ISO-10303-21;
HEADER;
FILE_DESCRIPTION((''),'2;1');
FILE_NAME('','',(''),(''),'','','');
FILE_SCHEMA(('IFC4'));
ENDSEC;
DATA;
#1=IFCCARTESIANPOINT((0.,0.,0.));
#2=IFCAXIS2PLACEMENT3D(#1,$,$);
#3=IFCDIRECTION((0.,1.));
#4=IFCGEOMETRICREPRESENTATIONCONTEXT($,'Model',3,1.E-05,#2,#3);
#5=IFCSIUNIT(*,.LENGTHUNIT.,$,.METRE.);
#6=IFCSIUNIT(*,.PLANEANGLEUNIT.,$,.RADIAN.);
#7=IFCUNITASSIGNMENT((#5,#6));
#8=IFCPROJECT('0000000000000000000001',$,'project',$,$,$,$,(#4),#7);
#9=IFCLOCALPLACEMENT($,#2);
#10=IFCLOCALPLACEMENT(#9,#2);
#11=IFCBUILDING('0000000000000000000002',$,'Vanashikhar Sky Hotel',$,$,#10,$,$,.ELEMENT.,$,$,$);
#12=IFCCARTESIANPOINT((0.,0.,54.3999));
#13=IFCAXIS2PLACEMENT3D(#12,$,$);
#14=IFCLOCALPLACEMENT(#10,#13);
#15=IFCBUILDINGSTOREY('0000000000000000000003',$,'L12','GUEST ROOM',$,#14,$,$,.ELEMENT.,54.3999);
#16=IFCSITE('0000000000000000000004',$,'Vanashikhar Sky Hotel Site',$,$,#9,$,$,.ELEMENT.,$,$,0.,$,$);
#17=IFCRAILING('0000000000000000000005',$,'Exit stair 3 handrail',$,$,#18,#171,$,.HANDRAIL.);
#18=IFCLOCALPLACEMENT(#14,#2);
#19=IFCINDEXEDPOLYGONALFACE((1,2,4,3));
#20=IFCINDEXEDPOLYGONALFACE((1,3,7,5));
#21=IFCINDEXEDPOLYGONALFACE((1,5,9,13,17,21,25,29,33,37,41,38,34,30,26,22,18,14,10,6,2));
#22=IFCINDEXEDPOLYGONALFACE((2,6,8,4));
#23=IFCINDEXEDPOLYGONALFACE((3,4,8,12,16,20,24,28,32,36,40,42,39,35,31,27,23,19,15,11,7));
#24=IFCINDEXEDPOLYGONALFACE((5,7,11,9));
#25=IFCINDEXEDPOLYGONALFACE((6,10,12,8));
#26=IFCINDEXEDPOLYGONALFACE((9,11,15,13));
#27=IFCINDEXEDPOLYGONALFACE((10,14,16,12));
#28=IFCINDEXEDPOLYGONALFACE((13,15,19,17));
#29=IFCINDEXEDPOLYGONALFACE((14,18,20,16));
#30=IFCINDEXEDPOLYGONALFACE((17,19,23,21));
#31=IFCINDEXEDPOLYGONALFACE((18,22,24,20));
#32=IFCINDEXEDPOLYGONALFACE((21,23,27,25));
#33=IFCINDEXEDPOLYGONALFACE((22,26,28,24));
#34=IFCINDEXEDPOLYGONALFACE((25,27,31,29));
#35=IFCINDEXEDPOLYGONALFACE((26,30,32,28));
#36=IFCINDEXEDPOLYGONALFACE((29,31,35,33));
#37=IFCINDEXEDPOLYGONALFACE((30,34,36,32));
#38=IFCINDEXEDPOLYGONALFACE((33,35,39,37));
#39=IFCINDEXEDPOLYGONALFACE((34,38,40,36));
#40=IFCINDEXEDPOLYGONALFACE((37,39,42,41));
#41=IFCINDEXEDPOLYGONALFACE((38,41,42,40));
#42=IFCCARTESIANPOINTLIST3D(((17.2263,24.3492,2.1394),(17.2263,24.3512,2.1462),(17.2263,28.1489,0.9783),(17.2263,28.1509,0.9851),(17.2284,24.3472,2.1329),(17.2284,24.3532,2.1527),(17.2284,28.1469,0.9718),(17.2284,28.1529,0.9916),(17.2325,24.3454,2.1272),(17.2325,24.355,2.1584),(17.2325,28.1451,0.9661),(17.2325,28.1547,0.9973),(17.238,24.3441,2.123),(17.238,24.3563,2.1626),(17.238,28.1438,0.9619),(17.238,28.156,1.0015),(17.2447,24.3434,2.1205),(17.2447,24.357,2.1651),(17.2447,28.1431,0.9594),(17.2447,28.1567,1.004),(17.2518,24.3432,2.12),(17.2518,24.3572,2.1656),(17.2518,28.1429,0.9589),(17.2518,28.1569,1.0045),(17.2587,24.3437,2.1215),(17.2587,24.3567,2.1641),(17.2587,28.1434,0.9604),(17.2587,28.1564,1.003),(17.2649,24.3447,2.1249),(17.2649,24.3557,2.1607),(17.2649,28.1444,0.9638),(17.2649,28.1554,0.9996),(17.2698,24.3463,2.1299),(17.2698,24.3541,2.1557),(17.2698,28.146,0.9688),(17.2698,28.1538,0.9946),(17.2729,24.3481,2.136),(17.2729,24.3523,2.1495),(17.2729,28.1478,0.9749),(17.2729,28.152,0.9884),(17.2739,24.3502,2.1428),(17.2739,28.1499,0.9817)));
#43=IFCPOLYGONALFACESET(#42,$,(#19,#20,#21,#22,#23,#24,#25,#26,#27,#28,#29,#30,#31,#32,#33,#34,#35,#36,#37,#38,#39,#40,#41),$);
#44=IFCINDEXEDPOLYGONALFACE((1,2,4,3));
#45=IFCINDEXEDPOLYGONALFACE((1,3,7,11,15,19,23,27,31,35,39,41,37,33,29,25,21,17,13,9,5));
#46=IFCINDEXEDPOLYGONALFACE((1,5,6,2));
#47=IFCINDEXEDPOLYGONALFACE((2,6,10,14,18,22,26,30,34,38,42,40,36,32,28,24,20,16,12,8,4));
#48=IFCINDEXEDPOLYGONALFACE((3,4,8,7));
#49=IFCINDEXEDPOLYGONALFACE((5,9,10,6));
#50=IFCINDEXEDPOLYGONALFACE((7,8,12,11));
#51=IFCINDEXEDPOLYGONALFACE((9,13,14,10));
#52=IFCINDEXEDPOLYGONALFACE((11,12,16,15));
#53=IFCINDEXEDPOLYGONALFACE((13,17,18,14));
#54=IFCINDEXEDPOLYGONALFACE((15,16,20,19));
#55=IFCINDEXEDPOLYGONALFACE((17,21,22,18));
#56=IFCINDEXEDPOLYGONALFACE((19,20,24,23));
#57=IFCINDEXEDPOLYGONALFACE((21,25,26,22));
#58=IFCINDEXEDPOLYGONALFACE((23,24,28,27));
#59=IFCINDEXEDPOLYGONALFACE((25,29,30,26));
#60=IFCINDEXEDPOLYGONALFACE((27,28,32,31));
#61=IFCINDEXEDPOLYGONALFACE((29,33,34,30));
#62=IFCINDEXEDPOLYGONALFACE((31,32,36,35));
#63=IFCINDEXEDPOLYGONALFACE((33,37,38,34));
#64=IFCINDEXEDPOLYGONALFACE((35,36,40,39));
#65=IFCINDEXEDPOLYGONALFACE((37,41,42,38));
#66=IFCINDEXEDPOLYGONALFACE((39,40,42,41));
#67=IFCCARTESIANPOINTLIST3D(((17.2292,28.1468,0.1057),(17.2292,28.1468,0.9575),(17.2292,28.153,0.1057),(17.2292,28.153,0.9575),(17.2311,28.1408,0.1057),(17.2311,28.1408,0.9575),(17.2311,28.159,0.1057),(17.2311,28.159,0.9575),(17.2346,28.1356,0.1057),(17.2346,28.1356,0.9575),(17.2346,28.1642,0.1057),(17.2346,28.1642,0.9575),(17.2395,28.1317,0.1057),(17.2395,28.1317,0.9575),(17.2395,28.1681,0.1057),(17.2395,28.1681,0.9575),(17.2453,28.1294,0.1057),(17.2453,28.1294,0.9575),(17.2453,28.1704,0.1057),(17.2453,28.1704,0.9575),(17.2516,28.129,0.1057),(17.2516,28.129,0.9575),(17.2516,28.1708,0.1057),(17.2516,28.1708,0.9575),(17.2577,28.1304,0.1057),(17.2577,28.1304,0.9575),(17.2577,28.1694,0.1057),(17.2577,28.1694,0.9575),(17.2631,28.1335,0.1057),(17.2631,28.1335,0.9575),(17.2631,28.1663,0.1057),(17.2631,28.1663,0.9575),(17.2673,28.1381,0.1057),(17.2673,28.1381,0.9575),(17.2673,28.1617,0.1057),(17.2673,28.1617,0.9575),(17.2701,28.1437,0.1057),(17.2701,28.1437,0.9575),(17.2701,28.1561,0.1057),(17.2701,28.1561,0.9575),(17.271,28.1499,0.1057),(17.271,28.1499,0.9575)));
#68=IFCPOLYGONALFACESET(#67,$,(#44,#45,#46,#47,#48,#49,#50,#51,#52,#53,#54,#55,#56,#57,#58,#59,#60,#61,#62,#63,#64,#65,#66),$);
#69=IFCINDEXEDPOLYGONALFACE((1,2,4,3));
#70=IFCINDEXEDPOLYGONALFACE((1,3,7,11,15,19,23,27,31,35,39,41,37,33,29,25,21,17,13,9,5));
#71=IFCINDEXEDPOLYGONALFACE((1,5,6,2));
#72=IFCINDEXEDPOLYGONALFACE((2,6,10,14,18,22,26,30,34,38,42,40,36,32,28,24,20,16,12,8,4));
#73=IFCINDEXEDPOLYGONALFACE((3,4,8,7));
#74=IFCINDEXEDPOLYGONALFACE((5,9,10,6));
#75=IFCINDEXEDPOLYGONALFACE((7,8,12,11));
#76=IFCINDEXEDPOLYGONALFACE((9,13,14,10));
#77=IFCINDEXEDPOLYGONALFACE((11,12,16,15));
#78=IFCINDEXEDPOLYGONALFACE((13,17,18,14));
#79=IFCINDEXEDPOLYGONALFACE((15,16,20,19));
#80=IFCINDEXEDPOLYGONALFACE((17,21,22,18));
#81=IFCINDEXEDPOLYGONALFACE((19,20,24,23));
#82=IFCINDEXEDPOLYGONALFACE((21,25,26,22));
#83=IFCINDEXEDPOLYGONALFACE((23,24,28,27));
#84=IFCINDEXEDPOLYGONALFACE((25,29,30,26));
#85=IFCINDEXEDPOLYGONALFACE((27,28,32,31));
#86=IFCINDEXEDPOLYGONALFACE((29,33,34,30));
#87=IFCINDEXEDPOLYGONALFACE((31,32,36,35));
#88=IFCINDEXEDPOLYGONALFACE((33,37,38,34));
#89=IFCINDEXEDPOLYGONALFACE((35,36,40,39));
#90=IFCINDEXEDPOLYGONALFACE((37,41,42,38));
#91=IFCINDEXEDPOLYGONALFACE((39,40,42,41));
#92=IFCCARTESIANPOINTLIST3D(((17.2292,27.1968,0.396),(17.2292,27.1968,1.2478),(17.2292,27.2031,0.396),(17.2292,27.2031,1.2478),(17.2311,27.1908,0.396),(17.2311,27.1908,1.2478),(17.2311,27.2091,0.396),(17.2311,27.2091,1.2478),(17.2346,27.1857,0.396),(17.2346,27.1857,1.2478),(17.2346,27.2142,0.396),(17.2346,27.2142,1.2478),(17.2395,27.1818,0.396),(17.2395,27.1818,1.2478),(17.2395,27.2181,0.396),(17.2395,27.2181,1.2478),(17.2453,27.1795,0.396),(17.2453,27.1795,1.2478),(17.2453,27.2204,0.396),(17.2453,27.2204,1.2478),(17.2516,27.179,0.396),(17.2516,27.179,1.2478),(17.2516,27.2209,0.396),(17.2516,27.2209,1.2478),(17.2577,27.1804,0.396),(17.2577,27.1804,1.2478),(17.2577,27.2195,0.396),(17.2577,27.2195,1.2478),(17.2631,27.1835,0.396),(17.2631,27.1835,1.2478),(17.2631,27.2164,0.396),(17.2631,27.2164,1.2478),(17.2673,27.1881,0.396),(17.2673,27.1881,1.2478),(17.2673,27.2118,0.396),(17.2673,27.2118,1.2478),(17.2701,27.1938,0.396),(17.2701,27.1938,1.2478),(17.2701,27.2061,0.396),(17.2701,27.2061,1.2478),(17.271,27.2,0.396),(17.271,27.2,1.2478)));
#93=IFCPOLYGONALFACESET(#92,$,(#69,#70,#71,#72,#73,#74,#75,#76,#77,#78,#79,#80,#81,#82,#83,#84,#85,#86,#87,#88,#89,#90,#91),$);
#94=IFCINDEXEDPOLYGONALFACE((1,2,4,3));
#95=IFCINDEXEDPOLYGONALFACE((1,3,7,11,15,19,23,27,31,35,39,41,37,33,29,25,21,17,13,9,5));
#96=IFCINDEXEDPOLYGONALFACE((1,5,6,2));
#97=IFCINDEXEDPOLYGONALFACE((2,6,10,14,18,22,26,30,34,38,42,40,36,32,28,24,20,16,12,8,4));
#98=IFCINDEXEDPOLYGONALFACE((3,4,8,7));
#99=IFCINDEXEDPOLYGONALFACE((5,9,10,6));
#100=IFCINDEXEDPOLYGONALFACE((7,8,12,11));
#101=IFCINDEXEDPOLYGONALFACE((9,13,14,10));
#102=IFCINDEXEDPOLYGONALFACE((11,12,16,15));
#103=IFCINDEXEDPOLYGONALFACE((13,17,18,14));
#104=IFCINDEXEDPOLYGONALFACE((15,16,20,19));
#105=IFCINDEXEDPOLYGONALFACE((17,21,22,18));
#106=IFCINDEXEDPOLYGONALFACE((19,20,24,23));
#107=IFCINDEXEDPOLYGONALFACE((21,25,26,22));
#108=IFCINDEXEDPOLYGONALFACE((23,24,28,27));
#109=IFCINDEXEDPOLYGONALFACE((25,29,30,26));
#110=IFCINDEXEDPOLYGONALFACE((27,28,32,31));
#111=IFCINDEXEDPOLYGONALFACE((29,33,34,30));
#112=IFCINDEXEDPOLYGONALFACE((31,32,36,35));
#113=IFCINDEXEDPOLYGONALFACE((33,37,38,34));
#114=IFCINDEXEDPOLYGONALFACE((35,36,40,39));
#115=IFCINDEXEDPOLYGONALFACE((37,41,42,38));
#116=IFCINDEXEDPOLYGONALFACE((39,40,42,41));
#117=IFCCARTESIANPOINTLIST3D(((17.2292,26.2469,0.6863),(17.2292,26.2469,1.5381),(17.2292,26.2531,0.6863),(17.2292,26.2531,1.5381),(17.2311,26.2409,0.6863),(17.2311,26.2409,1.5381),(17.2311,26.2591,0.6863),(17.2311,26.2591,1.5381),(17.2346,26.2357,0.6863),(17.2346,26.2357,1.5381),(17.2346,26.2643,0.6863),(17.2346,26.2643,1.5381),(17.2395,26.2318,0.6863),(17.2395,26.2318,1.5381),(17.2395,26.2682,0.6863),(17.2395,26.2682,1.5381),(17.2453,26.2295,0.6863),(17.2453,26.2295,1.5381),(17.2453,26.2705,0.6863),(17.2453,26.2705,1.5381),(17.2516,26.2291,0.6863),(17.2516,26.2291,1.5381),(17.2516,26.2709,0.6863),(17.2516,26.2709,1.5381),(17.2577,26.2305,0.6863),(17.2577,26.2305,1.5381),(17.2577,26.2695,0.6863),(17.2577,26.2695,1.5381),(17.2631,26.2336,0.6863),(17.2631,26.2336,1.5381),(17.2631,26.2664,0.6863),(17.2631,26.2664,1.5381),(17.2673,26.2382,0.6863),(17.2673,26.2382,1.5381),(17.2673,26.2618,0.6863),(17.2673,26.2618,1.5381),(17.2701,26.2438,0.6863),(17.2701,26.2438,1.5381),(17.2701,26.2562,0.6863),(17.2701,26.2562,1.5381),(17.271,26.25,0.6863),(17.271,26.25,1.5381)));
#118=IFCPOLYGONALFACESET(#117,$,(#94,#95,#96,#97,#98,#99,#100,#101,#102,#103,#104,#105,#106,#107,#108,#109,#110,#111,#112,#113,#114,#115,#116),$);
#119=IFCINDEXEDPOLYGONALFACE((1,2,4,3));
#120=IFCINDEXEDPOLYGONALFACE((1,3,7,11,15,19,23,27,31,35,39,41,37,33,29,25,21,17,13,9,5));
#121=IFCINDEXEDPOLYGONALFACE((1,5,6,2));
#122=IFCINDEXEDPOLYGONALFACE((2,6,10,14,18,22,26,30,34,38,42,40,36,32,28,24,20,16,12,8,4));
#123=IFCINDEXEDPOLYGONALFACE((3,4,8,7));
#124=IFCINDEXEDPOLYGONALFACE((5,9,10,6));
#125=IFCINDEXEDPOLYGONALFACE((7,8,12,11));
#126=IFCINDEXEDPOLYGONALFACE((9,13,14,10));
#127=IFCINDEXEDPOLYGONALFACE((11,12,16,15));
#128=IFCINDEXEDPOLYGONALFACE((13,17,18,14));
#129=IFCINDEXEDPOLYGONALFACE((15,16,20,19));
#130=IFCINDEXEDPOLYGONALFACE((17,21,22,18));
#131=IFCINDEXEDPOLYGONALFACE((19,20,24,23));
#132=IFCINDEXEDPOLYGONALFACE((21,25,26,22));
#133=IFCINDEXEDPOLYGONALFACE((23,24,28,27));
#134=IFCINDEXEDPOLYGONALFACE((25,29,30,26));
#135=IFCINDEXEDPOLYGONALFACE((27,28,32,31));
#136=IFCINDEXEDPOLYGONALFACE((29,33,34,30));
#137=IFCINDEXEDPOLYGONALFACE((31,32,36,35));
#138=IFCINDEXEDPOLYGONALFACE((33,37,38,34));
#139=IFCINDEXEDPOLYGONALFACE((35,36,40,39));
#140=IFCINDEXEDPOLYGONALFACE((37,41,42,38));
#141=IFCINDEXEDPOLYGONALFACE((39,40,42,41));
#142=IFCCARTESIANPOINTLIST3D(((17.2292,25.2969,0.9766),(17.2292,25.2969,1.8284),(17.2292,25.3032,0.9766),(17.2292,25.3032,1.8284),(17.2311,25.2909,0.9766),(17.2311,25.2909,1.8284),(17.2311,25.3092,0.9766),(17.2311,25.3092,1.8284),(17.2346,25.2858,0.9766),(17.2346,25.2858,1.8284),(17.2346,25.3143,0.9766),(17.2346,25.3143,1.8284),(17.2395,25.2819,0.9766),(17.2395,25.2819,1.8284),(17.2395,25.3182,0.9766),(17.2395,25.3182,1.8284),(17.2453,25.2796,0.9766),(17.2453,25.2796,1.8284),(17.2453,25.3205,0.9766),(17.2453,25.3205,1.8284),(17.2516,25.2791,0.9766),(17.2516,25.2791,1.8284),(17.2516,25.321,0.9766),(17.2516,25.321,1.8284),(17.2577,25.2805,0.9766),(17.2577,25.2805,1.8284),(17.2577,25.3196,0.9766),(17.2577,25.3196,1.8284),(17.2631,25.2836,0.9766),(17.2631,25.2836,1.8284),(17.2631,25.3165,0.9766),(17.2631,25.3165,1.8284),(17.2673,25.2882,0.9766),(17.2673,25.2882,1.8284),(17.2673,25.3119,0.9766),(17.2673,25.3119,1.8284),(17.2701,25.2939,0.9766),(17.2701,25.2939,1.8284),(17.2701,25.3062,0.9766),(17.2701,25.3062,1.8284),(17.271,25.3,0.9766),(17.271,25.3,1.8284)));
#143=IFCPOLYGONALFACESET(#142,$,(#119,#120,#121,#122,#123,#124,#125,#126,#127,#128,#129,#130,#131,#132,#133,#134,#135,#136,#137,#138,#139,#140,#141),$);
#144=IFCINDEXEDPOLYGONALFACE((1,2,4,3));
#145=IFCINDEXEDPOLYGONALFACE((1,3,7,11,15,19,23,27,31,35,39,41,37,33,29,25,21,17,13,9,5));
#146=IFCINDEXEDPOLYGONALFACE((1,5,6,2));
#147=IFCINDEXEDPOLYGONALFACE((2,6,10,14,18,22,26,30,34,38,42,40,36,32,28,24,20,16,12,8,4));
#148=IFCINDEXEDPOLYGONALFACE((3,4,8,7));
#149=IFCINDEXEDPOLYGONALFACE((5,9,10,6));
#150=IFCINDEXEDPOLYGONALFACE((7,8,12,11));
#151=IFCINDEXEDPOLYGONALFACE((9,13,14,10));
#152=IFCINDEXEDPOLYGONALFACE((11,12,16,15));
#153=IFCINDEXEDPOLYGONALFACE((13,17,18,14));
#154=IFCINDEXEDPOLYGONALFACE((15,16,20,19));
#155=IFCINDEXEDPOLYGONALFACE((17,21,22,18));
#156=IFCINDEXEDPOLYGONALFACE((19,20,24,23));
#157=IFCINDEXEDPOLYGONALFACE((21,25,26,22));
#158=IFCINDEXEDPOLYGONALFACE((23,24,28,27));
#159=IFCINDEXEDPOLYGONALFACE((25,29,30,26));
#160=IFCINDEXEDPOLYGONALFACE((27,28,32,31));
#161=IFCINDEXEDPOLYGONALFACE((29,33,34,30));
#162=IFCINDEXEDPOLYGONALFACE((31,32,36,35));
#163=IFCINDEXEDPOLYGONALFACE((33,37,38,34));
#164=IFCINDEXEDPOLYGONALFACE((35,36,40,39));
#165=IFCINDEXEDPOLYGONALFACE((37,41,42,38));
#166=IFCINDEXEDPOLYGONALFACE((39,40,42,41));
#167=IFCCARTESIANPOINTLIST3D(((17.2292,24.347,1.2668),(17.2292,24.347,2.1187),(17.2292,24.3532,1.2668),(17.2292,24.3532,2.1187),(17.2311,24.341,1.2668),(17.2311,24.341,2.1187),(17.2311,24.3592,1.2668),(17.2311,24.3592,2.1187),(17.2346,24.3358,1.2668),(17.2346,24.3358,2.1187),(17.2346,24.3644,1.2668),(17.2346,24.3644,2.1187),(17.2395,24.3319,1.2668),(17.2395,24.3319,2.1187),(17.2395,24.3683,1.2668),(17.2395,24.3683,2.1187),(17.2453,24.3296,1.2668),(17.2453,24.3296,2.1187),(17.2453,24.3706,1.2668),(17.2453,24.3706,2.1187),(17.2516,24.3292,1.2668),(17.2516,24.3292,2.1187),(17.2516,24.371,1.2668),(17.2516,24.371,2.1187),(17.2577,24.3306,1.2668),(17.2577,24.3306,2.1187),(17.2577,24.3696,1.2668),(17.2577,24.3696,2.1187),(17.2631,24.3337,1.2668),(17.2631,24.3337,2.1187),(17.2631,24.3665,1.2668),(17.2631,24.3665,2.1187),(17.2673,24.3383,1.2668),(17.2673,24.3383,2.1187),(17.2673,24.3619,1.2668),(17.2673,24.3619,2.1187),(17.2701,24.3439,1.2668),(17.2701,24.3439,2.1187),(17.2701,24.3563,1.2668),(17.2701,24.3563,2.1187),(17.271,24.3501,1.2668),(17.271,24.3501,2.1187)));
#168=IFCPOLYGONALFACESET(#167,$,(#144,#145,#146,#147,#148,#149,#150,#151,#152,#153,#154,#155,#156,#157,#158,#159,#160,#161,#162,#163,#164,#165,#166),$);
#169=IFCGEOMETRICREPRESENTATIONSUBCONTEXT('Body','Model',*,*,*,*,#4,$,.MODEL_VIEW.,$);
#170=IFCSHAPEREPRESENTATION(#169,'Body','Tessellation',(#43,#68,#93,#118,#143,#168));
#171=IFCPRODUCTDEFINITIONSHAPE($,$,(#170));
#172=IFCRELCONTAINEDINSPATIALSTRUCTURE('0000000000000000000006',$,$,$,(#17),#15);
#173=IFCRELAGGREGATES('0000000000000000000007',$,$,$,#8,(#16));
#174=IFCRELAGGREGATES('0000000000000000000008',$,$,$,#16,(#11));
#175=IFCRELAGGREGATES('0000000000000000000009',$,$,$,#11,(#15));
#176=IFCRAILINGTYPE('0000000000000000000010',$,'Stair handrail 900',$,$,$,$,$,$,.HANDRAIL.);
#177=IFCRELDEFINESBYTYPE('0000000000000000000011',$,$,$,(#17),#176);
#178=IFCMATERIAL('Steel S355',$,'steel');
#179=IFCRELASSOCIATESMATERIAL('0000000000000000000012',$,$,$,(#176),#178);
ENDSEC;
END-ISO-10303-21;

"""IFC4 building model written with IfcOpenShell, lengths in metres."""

from ifc_helpers import new_model, si_unit, direction, frame, origin, origin_2d, place, context, subcontext, project, spatial, circle, extrude, source, transform, mapped, material, type_object, element, save


model = new_model("IFC4")

# Units and contexts
model_context = context("Model", 3, precision=1e-05, world=origin(), true_north=direction((0.0, 1.0)))
body_context = subcontext(model_context, "Body", "Model", "MODEL_VIEW")
ifc_project = project(units=[si_unit("LENGTHUNIT", "METRE"), si_unit("PLANEANGLEUNIT", "RADIAN")], contexts=[model_context])

# Site, building, storey
site_placement = place(None, origin())
site = spatial("IfcSite", under=ifc_project, at=site_placement, Name="Vanashikhar Sky Hotel Site", CompositionType="ELEMENT", RefElevation=0.0)
building_placement = place(site_placement, origin())
building = spatial("IfcBuilding", under=site, at=building_placement, Name="Vanashikhar Sky Hotel", CompositionType="ELEMENT")
storey_placement = place(building_placement, frame((0.0, 0.0, 54.3999)))
storey = spatial("IfcBuildingStorey", under=building, at=storey_placement, Name="L12", Description="GUEST ROOM", CompositionType="ELEMENT", Elevation=54.3999)

# Railing
ifc_material_1 = material(Name="Steel S355", Category="steel")
railing_type = type_object("IfcRailingType", Name="Stair handrail 900", PredefinedType="HANDRAIL", material=ifc_material_1)
shared_shape_1 = source(origin(), body_context, "Body", "SweptSolid", [
    extrude(circle(Radius=0.0239, at=origin_2d()), frame((0.0, 0.0, 0.876), z_axis=(0.0, -0.956346, 0.292237), x_axis=(1.0, 0.0, 0.0)), (0.0, 0.0, 1.0), 3.9731),
    extrude(circle(Radius=0.021, at=origin_2d()), origin(), (0.0, 0.0, 1.0), 0.8518),
    extrude(circle(Radius=0.021, at=origin_2d()), frame((0.0, -0.95, 0.2903)), (0.0, 0.0, 1.0), 0.8518),
    extrude(circle(Radius=0.021, at=origin_2d()), frame((0.0, -1.8999, 0.5806)), (0.0, 0.0, 1.0), 0.8518),
    extrude(circle(Radius=0.021, at=origin_2d()), frame((0.0, -2.8499, 0.8708)), (0.0, 0.0, 1.0), 0.8518),
    extrude(circle(Radius=0.021, at=origin_2d()), frame((0.0, -3.7998, 1.1611)), (0.0, 0.0, 1.0), 0.8518),
])
for number, where, name in (
    (1, (17.25, 28.1499, 0.1057), "Exit stair 3 handrail"),
):
    element("IfcRailing", number, at=place(storey_placement, frame(where)), inside=storey, type_object=railing_type, Name=name, PredefinedType="HANDRAIL", context=body_context, shape_type="MappedRepresentation", body=[
        mapped(shared_shape_1, transform((0.0, 0.0, 0.0), scale=1.0)),
    ])

save(model, "model.ifc")
